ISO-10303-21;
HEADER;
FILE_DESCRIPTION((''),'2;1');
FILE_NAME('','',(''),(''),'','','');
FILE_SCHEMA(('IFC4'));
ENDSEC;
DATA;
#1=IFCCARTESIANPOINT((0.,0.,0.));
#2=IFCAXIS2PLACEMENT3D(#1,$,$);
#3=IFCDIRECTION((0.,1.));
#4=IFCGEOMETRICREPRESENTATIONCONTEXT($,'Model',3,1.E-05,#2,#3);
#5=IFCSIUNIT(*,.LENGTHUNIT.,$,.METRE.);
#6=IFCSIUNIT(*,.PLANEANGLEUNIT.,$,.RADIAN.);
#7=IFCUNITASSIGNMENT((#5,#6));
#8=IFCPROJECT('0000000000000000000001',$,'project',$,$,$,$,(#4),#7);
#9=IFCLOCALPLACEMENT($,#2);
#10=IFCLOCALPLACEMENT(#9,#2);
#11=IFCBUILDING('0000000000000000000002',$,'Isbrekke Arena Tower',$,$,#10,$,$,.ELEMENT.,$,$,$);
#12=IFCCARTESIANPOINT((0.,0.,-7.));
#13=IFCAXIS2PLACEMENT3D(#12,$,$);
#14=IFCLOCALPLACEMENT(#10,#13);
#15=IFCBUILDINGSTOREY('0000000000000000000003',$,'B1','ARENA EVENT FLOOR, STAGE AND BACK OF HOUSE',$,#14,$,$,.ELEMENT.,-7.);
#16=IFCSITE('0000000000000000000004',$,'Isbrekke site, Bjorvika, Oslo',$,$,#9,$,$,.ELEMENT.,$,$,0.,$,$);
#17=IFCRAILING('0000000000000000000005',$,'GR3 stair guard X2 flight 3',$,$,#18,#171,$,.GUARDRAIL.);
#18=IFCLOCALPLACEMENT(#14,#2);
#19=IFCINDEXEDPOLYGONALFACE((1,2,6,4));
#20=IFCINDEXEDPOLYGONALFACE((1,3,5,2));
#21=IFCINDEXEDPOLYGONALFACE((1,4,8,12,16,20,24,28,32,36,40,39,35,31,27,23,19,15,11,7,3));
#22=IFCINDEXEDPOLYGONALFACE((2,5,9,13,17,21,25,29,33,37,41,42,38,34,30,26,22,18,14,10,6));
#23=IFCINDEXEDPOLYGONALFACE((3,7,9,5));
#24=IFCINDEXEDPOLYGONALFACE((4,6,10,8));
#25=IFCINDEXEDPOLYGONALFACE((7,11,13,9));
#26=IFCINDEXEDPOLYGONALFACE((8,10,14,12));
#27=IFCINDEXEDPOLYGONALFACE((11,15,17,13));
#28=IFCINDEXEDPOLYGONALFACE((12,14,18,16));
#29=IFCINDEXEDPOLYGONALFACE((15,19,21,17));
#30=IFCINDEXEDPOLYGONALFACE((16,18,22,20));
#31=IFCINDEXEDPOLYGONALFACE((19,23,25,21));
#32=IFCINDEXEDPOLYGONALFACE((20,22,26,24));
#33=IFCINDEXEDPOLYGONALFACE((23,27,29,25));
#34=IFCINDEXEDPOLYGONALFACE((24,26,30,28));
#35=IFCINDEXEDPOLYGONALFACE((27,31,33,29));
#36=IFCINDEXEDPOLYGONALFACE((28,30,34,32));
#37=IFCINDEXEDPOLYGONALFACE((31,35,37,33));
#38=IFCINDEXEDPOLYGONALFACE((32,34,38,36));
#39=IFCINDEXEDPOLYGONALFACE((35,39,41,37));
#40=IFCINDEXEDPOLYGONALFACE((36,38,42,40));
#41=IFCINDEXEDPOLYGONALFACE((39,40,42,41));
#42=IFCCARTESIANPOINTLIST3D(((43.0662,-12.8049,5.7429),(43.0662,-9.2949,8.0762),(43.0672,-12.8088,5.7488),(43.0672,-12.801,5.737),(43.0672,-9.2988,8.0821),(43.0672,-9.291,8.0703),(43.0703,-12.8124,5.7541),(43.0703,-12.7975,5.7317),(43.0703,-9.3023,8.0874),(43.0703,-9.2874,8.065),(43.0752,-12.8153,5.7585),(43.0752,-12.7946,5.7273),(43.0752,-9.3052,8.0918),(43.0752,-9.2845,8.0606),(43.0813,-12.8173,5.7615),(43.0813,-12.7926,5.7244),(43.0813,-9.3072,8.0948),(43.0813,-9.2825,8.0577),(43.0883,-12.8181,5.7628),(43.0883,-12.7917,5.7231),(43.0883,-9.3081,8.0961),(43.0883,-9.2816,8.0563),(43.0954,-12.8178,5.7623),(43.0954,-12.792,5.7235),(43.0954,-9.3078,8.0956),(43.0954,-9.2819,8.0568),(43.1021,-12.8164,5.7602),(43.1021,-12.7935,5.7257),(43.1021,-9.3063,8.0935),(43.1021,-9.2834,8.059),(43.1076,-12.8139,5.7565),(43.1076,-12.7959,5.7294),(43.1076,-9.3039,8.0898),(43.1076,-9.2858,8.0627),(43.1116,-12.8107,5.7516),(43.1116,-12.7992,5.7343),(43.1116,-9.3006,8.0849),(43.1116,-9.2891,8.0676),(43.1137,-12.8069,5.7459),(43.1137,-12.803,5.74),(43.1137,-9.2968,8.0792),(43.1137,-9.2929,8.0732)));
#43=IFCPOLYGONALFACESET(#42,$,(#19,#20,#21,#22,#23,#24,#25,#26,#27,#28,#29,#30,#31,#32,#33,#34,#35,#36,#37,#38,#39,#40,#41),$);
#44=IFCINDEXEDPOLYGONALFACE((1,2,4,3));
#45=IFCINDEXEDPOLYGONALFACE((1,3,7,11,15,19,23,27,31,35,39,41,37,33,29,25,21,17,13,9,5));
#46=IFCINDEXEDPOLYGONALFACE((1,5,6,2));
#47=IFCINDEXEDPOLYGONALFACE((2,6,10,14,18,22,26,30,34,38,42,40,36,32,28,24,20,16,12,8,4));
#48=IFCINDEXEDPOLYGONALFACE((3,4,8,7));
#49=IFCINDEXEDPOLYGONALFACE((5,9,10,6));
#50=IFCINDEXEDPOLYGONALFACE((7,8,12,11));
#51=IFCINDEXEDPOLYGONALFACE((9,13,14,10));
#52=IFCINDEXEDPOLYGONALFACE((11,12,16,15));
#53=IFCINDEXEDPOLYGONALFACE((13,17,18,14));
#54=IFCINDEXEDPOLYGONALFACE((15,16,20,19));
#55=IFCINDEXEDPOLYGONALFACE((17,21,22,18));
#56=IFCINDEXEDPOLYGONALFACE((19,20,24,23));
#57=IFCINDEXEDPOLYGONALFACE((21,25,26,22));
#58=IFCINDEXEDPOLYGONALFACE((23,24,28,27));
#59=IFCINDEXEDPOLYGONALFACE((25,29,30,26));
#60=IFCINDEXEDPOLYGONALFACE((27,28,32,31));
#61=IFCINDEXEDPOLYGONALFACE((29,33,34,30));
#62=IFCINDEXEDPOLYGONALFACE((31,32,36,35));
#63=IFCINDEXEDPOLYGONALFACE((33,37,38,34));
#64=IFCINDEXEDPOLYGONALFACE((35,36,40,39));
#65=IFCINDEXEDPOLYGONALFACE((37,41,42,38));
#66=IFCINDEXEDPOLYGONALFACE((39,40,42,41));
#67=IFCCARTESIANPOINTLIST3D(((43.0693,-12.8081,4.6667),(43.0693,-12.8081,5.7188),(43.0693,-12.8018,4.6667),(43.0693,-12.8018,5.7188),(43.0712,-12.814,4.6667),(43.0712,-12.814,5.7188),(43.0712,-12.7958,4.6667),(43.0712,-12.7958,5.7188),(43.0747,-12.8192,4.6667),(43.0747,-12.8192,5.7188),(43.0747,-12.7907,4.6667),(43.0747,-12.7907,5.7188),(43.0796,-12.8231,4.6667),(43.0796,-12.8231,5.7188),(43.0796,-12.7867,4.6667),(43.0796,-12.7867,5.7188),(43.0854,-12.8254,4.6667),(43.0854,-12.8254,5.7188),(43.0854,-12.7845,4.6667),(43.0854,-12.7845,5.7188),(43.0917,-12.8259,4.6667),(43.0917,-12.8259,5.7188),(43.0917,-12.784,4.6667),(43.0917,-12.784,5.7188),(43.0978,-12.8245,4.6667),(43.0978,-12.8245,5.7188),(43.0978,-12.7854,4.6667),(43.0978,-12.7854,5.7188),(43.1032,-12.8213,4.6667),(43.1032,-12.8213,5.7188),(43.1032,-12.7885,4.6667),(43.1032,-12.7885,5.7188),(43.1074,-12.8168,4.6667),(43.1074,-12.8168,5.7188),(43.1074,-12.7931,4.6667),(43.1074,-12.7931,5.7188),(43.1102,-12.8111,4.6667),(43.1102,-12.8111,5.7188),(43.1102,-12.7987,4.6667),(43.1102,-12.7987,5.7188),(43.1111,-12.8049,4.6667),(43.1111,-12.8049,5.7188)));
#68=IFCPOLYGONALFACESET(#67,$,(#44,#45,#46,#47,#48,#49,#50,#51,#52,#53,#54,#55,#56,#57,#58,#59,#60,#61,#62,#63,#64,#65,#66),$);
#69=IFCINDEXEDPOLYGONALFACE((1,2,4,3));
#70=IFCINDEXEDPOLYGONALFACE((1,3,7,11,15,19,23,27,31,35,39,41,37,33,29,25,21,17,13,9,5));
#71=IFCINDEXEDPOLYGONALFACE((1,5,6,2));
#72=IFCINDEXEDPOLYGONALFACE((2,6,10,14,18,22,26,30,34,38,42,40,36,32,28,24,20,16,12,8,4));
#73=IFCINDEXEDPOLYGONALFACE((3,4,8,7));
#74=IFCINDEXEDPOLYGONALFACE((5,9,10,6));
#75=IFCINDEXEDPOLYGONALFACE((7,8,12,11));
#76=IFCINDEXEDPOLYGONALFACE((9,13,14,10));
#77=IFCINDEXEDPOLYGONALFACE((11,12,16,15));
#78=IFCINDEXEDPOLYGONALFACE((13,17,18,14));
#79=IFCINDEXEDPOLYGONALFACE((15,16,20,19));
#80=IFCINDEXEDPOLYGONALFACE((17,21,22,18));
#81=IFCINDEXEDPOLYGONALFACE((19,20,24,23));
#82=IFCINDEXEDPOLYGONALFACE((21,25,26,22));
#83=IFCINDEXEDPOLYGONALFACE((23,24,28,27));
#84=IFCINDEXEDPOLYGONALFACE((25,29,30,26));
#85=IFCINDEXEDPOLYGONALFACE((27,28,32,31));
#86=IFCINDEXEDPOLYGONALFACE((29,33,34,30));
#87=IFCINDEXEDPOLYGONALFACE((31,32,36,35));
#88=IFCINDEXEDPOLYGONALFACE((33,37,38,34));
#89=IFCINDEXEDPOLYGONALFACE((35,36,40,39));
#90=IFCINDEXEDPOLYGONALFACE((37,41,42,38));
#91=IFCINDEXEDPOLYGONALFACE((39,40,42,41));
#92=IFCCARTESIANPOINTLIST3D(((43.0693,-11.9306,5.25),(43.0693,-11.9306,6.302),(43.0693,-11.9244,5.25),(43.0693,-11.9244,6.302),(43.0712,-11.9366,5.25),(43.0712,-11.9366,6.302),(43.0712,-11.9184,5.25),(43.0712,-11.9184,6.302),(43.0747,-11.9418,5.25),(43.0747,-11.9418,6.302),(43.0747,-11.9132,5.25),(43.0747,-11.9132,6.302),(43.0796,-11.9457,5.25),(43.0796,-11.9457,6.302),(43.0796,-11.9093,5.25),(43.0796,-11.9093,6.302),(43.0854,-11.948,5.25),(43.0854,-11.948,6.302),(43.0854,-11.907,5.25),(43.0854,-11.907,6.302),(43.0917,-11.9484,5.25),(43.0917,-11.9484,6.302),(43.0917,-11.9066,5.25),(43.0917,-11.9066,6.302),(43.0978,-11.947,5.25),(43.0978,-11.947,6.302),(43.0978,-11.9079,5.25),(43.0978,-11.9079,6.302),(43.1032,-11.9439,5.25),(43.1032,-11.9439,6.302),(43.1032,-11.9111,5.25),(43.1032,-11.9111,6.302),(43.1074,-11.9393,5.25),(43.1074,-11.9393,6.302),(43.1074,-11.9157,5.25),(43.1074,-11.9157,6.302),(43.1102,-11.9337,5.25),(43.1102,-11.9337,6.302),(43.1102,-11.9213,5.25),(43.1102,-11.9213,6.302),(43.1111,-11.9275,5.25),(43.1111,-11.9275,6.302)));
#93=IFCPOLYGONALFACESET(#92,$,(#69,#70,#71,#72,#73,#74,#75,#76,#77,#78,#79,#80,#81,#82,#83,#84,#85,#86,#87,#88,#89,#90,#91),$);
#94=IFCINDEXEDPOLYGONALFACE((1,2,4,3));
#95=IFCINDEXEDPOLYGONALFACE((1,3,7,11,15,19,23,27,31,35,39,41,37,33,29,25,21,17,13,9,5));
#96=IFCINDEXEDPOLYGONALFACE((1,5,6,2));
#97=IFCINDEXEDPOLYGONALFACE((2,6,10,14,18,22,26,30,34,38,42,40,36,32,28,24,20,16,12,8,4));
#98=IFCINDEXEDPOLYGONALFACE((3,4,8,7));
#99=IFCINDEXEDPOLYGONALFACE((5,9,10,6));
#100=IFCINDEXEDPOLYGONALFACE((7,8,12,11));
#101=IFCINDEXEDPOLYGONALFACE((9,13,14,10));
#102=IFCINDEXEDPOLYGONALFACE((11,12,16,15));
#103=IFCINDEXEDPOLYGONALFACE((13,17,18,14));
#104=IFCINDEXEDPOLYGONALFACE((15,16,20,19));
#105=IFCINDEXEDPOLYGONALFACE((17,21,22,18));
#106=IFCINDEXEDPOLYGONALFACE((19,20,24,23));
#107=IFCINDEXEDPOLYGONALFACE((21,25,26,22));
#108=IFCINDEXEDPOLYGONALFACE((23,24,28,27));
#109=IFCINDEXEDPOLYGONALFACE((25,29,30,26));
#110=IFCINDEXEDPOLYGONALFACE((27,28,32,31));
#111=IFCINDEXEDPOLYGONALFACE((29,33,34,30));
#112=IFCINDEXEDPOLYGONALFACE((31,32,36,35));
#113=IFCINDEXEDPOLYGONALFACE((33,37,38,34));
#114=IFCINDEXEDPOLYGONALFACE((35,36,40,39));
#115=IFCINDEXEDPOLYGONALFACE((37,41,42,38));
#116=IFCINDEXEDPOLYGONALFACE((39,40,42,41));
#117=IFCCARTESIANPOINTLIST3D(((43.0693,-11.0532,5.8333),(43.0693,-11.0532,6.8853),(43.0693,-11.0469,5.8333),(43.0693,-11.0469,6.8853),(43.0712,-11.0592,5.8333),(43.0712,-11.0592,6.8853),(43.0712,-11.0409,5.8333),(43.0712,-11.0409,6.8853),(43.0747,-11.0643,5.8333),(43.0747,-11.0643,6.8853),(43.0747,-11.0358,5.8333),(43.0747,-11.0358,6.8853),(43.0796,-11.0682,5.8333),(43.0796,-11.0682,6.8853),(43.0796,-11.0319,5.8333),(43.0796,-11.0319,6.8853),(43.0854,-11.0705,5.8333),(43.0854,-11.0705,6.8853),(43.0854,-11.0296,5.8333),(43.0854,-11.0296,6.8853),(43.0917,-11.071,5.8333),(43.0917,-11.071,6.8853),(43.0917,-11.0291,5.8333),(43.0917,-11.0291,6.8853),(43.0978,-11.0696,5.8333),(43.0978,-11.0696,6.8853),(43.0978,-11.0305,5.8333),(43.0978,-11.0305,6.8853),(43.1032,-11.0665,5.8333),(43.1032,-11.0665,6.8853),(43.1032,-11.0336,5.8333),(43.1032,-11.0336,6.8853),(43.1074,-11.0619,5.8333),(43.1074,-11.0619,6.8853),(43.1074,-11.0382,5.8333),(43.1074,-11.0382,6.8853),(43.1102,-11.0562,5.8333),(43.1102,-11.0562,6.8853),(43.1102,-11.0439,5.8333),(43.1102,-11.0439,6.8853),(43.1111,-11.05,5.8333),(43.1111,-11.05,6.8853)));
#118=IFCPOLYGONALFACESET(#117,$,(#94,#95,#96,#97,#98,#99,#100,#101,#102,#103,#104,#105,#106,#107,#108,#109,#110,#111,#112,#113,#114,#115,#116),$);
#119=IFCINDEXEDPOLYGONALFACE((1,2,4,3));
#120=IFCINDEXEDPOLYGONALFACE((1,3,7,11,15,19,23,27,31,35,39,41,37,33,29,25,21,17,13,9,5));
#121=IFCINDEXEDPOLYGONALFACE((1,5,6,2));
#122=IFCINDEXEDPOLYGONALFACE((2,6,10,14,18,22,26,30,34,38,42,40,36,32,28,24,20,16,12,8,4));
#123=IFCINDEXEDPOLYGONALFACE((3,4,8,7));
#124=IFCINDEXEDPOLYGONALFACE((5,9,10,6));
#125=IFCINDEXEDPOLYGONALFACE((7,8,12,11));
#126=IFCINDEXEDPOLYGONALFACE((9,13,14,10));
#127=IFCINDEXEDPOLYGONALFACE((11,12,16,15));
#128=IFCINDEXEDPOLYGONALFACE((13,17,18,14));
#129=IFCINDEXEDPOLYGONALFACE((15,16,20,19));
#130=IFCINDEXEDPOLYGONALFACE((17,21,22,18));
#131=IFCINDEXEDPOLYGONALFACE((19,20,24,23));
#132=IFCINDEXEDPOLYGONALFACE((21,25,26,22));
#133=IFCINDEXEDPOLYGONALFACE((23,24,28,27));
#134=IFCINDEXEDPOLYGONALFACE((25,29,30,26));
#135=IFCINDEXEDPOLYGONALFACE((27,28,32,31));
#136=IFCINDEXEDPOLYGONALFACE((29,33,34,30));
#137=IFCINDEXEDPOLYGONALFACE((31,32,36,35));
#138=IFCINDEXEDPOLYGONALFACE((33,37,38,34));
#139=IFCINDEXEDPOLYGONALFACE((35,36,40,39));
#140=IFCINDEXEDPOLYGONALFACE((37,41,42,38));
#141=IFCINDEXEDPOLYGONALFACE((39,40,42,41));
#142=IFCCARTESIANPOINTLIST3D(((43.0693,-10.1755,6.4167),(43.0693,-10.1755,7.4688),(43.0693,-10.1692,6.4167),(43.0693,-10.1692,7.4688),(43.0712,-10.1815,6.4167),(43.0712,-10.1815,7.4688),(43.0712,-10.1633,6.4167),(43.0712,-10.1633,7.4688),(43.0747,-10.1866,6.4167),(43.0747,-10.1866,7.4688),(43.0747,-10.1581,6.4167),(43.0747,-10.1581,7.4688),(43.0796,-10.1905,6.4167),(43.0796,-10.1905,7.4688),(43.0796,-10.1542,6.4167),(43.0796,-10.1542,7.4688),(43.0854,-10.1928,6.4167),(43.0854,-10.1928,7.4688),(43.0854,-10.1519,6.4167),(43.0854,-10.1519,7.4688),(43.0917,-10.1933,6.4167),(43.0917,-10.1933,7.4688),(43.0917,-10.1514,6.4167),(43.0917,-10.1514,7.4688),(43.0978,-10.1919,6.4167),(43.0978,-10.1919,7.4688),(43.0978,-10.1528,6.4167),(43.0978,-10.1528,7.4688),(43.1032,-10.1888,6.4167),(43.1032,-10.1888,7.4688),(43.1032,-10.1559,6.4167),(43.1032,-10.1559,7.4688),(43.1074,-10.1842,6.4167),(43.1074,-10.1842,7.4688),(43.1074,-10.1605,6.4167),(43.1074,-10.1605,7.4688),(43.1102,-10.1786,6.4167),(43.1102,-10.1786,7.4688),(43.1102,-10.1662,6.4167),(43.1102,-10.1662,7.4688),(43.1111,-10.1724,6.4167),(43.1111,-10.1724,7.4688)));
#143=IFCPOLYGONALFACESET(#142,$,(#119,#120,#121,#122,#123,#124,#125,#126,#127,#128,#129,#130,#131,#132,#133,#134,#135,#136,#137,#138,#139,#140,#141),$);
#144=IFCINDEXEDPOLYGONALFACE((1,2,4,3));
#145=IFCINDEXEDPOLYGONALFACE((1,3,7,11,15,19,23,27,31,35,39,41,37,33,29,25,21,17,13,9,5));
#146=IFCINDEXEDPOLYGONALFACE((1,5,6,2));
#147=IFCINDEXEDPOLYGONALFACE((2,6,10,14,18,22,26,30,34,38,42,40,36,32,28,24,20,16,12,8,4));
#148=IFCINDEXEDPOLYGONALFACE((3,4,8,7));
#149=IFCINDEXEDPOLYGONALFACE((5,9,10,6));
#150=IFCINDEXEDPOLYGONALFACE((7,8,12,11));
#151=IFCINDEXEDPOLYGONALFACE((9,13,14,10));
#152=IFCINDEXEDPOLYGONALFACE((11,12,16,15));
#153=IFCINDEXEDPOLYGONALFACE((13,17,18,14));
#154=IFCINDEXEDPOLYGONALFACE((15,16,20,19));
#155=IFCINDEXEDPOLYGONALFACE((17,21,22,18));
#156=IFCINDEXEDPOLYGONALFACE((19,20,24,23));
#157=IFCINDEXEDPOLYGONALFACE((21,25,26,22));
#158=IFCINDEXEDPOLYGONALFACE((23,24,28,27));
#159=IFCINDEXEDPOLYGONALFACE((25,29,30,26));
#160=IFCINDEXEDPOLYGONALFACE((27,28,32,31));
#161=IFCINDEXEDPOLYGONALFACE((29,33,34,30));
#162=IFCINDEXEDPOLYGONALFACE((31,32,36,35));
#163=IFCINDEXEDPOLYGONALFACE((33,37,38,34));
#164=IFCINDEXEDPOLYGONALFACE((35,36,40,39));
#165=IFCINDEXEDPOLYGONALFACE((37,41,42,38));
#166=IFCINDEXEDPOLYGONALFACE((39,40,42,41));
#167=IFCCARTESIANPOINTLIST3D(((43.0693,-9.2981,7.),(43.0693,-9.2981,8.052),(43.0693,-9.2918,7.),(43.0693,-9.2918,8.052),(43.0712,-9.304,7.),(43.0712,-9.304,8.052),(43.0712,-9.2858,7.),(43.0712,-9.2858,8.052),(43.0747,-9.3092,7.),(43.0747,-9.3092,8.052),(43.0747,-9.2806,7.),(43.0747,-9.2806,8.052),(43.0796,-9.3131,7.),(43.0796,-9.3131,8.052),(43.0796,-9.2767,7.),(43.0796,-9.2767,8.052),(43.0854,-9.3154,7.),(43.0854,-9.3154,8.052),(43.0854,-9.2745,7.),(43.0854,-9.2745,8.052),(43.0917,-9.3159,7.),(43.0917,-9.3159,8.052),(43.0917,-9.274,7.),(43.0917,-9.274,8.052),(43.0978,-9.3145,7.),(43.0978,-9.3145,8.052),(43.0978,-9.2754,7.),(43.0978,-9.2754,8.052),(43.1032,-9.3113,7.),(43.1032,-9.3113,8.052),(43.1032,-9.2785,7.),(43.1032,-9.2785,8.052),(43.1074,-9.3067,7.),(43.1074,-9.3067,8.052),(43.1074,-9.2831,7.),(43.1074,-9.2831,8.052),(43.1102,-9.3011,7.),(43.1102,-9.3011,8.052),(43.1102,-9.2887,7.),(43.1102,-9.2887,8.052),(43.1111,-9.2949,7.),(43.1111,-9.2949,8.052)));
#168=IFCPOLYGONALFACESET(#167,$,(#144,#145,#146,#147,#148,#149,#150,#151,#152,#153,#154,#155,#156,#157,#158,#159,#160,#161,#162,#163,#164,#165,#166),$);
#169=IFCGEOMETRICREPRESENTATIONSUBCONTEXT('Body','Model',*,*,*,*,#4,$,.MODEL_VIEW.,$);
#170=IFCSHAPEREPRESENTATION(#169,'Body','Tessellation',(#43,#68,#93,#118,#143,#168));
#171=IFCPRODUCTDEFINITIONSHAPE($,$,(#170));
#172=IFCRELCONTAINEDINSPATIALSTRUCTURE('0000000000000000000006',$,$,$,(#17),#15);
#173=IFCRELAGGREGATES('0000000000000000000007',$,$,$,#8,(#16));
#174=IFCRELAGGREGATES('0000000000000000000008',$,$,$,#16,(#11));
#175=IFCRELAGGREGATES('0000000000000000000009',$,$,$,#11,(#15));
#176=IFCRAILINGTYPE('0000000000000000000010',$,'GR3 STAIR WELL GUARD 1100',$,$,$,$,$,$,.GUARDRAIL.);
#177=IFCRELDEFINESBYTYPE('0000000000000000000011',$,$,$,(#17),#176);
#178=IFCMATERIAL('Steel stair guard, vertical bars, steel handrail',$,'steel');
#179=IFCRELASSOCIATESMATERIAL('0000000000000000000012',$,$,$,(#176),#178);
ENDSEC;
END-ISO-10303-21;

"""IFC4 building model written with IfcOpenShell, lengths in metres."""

from ifc_helpers import new_model, si_unit, direction, frame, origin, origin_2d, place, context, subcontext, project, spatial, circle, extrude, material, type_object, element, save


model = new_model("IFC4")

# Units and contexts
model_context = context("Model", 3, precision=1e-05, world=origin(), true_north=direction((0.0, 1.0)))
body_context = subcontext(model_context, "Body", "Model", "MODEL_VIEW")
ifc_project = project(units=[si_unit("LENGTHUNIT", "METRE"), si_unit("PLANEANGLEUNIT", "RADIAN")], contexts=[model_context])

# Site, building, storey
site_placement = place(None, origin())
site = spatial("IfcSite", under=ifc_project, at=site_placement, Name="Isbrekke site, Bjorvika, Oslo", CompositionType="ELEMENT", RefElevation=0.0)
building_placement = place(site_placement, origin())
building = spatial("IfcBuilding", under=site, at=building_placement, Name="Isbrekke Arena Tower", CompositionType="ELEMENT")
storey_placement = place(building_placement, frame((0.0, 0.0, -7.0)))
storey = spatial("IfcBuildingStorey", under=building, at=storey_placement, Name="B1", Description="ARENA EVENT FLOOR, STAGE AND BACK OF HOUSE", CompositionType="ELEMENT", Elevation=-7.0)

# Railing
ifc_material_1 = material(Name="Steel stair guard, vertical bars, steel handrail", Category="steel")
railing_type = type_object("IfcRailingType", Name="GR3 STAIR WELL GUARD 1100", PredefinedType="GUARDRAIL", material=ifc_material_1)
railing_1_placement = place(storey_placement, frame((43.0901, -12.8049, 4.6667)))
element("IfcRailing", 1, at=railing_1_placement, inside=storey, type_object=railing_type, Name="GR3 stair guard X2 flight 3", PredefinedType="GUARDRAIL", context=body_context, shape_type="SweptSolid", body=[
    extrude(circle(Radius=0.0239, at=origin_2d()), frame((0.0, 0.0, 1.0762), z_axis=(0.0, 0.832789, 0.55359), x_axis=(-1.0, 0.0, 0.0)), (0.0, 0.0, 1.0), 4.2148),
    extrude(circle(Radius=0.021, at=origin_2d()), origin(), (0.0, 0.0, 1.0), 1.052),
    extrude(circle(Radius=0.021, at=origin_2d()), frame((0.0, 0.8774, 0.5833)), (0.0, 0.0, 1.0), 1.052),
    extrude(circle(Radius=0.021, at=origin_2d()), frame((0.0, 1.7549, 1.1665)), (0.0, 0.0, 1.0), 1.052),
    extrude(circle(Radius=0.021, at=origin_2d()), frame((0.0, 2.6326, 1.75)), (0.0, 0.0, 1.0), 1.052),
    extrude(circle(Radius=0.021, at=origin_2d()), frame((0.0, 3.51, 2.3333)), (0.0, 0.0, 1.0), 1.052),
])

save(model, "model.ifc")
